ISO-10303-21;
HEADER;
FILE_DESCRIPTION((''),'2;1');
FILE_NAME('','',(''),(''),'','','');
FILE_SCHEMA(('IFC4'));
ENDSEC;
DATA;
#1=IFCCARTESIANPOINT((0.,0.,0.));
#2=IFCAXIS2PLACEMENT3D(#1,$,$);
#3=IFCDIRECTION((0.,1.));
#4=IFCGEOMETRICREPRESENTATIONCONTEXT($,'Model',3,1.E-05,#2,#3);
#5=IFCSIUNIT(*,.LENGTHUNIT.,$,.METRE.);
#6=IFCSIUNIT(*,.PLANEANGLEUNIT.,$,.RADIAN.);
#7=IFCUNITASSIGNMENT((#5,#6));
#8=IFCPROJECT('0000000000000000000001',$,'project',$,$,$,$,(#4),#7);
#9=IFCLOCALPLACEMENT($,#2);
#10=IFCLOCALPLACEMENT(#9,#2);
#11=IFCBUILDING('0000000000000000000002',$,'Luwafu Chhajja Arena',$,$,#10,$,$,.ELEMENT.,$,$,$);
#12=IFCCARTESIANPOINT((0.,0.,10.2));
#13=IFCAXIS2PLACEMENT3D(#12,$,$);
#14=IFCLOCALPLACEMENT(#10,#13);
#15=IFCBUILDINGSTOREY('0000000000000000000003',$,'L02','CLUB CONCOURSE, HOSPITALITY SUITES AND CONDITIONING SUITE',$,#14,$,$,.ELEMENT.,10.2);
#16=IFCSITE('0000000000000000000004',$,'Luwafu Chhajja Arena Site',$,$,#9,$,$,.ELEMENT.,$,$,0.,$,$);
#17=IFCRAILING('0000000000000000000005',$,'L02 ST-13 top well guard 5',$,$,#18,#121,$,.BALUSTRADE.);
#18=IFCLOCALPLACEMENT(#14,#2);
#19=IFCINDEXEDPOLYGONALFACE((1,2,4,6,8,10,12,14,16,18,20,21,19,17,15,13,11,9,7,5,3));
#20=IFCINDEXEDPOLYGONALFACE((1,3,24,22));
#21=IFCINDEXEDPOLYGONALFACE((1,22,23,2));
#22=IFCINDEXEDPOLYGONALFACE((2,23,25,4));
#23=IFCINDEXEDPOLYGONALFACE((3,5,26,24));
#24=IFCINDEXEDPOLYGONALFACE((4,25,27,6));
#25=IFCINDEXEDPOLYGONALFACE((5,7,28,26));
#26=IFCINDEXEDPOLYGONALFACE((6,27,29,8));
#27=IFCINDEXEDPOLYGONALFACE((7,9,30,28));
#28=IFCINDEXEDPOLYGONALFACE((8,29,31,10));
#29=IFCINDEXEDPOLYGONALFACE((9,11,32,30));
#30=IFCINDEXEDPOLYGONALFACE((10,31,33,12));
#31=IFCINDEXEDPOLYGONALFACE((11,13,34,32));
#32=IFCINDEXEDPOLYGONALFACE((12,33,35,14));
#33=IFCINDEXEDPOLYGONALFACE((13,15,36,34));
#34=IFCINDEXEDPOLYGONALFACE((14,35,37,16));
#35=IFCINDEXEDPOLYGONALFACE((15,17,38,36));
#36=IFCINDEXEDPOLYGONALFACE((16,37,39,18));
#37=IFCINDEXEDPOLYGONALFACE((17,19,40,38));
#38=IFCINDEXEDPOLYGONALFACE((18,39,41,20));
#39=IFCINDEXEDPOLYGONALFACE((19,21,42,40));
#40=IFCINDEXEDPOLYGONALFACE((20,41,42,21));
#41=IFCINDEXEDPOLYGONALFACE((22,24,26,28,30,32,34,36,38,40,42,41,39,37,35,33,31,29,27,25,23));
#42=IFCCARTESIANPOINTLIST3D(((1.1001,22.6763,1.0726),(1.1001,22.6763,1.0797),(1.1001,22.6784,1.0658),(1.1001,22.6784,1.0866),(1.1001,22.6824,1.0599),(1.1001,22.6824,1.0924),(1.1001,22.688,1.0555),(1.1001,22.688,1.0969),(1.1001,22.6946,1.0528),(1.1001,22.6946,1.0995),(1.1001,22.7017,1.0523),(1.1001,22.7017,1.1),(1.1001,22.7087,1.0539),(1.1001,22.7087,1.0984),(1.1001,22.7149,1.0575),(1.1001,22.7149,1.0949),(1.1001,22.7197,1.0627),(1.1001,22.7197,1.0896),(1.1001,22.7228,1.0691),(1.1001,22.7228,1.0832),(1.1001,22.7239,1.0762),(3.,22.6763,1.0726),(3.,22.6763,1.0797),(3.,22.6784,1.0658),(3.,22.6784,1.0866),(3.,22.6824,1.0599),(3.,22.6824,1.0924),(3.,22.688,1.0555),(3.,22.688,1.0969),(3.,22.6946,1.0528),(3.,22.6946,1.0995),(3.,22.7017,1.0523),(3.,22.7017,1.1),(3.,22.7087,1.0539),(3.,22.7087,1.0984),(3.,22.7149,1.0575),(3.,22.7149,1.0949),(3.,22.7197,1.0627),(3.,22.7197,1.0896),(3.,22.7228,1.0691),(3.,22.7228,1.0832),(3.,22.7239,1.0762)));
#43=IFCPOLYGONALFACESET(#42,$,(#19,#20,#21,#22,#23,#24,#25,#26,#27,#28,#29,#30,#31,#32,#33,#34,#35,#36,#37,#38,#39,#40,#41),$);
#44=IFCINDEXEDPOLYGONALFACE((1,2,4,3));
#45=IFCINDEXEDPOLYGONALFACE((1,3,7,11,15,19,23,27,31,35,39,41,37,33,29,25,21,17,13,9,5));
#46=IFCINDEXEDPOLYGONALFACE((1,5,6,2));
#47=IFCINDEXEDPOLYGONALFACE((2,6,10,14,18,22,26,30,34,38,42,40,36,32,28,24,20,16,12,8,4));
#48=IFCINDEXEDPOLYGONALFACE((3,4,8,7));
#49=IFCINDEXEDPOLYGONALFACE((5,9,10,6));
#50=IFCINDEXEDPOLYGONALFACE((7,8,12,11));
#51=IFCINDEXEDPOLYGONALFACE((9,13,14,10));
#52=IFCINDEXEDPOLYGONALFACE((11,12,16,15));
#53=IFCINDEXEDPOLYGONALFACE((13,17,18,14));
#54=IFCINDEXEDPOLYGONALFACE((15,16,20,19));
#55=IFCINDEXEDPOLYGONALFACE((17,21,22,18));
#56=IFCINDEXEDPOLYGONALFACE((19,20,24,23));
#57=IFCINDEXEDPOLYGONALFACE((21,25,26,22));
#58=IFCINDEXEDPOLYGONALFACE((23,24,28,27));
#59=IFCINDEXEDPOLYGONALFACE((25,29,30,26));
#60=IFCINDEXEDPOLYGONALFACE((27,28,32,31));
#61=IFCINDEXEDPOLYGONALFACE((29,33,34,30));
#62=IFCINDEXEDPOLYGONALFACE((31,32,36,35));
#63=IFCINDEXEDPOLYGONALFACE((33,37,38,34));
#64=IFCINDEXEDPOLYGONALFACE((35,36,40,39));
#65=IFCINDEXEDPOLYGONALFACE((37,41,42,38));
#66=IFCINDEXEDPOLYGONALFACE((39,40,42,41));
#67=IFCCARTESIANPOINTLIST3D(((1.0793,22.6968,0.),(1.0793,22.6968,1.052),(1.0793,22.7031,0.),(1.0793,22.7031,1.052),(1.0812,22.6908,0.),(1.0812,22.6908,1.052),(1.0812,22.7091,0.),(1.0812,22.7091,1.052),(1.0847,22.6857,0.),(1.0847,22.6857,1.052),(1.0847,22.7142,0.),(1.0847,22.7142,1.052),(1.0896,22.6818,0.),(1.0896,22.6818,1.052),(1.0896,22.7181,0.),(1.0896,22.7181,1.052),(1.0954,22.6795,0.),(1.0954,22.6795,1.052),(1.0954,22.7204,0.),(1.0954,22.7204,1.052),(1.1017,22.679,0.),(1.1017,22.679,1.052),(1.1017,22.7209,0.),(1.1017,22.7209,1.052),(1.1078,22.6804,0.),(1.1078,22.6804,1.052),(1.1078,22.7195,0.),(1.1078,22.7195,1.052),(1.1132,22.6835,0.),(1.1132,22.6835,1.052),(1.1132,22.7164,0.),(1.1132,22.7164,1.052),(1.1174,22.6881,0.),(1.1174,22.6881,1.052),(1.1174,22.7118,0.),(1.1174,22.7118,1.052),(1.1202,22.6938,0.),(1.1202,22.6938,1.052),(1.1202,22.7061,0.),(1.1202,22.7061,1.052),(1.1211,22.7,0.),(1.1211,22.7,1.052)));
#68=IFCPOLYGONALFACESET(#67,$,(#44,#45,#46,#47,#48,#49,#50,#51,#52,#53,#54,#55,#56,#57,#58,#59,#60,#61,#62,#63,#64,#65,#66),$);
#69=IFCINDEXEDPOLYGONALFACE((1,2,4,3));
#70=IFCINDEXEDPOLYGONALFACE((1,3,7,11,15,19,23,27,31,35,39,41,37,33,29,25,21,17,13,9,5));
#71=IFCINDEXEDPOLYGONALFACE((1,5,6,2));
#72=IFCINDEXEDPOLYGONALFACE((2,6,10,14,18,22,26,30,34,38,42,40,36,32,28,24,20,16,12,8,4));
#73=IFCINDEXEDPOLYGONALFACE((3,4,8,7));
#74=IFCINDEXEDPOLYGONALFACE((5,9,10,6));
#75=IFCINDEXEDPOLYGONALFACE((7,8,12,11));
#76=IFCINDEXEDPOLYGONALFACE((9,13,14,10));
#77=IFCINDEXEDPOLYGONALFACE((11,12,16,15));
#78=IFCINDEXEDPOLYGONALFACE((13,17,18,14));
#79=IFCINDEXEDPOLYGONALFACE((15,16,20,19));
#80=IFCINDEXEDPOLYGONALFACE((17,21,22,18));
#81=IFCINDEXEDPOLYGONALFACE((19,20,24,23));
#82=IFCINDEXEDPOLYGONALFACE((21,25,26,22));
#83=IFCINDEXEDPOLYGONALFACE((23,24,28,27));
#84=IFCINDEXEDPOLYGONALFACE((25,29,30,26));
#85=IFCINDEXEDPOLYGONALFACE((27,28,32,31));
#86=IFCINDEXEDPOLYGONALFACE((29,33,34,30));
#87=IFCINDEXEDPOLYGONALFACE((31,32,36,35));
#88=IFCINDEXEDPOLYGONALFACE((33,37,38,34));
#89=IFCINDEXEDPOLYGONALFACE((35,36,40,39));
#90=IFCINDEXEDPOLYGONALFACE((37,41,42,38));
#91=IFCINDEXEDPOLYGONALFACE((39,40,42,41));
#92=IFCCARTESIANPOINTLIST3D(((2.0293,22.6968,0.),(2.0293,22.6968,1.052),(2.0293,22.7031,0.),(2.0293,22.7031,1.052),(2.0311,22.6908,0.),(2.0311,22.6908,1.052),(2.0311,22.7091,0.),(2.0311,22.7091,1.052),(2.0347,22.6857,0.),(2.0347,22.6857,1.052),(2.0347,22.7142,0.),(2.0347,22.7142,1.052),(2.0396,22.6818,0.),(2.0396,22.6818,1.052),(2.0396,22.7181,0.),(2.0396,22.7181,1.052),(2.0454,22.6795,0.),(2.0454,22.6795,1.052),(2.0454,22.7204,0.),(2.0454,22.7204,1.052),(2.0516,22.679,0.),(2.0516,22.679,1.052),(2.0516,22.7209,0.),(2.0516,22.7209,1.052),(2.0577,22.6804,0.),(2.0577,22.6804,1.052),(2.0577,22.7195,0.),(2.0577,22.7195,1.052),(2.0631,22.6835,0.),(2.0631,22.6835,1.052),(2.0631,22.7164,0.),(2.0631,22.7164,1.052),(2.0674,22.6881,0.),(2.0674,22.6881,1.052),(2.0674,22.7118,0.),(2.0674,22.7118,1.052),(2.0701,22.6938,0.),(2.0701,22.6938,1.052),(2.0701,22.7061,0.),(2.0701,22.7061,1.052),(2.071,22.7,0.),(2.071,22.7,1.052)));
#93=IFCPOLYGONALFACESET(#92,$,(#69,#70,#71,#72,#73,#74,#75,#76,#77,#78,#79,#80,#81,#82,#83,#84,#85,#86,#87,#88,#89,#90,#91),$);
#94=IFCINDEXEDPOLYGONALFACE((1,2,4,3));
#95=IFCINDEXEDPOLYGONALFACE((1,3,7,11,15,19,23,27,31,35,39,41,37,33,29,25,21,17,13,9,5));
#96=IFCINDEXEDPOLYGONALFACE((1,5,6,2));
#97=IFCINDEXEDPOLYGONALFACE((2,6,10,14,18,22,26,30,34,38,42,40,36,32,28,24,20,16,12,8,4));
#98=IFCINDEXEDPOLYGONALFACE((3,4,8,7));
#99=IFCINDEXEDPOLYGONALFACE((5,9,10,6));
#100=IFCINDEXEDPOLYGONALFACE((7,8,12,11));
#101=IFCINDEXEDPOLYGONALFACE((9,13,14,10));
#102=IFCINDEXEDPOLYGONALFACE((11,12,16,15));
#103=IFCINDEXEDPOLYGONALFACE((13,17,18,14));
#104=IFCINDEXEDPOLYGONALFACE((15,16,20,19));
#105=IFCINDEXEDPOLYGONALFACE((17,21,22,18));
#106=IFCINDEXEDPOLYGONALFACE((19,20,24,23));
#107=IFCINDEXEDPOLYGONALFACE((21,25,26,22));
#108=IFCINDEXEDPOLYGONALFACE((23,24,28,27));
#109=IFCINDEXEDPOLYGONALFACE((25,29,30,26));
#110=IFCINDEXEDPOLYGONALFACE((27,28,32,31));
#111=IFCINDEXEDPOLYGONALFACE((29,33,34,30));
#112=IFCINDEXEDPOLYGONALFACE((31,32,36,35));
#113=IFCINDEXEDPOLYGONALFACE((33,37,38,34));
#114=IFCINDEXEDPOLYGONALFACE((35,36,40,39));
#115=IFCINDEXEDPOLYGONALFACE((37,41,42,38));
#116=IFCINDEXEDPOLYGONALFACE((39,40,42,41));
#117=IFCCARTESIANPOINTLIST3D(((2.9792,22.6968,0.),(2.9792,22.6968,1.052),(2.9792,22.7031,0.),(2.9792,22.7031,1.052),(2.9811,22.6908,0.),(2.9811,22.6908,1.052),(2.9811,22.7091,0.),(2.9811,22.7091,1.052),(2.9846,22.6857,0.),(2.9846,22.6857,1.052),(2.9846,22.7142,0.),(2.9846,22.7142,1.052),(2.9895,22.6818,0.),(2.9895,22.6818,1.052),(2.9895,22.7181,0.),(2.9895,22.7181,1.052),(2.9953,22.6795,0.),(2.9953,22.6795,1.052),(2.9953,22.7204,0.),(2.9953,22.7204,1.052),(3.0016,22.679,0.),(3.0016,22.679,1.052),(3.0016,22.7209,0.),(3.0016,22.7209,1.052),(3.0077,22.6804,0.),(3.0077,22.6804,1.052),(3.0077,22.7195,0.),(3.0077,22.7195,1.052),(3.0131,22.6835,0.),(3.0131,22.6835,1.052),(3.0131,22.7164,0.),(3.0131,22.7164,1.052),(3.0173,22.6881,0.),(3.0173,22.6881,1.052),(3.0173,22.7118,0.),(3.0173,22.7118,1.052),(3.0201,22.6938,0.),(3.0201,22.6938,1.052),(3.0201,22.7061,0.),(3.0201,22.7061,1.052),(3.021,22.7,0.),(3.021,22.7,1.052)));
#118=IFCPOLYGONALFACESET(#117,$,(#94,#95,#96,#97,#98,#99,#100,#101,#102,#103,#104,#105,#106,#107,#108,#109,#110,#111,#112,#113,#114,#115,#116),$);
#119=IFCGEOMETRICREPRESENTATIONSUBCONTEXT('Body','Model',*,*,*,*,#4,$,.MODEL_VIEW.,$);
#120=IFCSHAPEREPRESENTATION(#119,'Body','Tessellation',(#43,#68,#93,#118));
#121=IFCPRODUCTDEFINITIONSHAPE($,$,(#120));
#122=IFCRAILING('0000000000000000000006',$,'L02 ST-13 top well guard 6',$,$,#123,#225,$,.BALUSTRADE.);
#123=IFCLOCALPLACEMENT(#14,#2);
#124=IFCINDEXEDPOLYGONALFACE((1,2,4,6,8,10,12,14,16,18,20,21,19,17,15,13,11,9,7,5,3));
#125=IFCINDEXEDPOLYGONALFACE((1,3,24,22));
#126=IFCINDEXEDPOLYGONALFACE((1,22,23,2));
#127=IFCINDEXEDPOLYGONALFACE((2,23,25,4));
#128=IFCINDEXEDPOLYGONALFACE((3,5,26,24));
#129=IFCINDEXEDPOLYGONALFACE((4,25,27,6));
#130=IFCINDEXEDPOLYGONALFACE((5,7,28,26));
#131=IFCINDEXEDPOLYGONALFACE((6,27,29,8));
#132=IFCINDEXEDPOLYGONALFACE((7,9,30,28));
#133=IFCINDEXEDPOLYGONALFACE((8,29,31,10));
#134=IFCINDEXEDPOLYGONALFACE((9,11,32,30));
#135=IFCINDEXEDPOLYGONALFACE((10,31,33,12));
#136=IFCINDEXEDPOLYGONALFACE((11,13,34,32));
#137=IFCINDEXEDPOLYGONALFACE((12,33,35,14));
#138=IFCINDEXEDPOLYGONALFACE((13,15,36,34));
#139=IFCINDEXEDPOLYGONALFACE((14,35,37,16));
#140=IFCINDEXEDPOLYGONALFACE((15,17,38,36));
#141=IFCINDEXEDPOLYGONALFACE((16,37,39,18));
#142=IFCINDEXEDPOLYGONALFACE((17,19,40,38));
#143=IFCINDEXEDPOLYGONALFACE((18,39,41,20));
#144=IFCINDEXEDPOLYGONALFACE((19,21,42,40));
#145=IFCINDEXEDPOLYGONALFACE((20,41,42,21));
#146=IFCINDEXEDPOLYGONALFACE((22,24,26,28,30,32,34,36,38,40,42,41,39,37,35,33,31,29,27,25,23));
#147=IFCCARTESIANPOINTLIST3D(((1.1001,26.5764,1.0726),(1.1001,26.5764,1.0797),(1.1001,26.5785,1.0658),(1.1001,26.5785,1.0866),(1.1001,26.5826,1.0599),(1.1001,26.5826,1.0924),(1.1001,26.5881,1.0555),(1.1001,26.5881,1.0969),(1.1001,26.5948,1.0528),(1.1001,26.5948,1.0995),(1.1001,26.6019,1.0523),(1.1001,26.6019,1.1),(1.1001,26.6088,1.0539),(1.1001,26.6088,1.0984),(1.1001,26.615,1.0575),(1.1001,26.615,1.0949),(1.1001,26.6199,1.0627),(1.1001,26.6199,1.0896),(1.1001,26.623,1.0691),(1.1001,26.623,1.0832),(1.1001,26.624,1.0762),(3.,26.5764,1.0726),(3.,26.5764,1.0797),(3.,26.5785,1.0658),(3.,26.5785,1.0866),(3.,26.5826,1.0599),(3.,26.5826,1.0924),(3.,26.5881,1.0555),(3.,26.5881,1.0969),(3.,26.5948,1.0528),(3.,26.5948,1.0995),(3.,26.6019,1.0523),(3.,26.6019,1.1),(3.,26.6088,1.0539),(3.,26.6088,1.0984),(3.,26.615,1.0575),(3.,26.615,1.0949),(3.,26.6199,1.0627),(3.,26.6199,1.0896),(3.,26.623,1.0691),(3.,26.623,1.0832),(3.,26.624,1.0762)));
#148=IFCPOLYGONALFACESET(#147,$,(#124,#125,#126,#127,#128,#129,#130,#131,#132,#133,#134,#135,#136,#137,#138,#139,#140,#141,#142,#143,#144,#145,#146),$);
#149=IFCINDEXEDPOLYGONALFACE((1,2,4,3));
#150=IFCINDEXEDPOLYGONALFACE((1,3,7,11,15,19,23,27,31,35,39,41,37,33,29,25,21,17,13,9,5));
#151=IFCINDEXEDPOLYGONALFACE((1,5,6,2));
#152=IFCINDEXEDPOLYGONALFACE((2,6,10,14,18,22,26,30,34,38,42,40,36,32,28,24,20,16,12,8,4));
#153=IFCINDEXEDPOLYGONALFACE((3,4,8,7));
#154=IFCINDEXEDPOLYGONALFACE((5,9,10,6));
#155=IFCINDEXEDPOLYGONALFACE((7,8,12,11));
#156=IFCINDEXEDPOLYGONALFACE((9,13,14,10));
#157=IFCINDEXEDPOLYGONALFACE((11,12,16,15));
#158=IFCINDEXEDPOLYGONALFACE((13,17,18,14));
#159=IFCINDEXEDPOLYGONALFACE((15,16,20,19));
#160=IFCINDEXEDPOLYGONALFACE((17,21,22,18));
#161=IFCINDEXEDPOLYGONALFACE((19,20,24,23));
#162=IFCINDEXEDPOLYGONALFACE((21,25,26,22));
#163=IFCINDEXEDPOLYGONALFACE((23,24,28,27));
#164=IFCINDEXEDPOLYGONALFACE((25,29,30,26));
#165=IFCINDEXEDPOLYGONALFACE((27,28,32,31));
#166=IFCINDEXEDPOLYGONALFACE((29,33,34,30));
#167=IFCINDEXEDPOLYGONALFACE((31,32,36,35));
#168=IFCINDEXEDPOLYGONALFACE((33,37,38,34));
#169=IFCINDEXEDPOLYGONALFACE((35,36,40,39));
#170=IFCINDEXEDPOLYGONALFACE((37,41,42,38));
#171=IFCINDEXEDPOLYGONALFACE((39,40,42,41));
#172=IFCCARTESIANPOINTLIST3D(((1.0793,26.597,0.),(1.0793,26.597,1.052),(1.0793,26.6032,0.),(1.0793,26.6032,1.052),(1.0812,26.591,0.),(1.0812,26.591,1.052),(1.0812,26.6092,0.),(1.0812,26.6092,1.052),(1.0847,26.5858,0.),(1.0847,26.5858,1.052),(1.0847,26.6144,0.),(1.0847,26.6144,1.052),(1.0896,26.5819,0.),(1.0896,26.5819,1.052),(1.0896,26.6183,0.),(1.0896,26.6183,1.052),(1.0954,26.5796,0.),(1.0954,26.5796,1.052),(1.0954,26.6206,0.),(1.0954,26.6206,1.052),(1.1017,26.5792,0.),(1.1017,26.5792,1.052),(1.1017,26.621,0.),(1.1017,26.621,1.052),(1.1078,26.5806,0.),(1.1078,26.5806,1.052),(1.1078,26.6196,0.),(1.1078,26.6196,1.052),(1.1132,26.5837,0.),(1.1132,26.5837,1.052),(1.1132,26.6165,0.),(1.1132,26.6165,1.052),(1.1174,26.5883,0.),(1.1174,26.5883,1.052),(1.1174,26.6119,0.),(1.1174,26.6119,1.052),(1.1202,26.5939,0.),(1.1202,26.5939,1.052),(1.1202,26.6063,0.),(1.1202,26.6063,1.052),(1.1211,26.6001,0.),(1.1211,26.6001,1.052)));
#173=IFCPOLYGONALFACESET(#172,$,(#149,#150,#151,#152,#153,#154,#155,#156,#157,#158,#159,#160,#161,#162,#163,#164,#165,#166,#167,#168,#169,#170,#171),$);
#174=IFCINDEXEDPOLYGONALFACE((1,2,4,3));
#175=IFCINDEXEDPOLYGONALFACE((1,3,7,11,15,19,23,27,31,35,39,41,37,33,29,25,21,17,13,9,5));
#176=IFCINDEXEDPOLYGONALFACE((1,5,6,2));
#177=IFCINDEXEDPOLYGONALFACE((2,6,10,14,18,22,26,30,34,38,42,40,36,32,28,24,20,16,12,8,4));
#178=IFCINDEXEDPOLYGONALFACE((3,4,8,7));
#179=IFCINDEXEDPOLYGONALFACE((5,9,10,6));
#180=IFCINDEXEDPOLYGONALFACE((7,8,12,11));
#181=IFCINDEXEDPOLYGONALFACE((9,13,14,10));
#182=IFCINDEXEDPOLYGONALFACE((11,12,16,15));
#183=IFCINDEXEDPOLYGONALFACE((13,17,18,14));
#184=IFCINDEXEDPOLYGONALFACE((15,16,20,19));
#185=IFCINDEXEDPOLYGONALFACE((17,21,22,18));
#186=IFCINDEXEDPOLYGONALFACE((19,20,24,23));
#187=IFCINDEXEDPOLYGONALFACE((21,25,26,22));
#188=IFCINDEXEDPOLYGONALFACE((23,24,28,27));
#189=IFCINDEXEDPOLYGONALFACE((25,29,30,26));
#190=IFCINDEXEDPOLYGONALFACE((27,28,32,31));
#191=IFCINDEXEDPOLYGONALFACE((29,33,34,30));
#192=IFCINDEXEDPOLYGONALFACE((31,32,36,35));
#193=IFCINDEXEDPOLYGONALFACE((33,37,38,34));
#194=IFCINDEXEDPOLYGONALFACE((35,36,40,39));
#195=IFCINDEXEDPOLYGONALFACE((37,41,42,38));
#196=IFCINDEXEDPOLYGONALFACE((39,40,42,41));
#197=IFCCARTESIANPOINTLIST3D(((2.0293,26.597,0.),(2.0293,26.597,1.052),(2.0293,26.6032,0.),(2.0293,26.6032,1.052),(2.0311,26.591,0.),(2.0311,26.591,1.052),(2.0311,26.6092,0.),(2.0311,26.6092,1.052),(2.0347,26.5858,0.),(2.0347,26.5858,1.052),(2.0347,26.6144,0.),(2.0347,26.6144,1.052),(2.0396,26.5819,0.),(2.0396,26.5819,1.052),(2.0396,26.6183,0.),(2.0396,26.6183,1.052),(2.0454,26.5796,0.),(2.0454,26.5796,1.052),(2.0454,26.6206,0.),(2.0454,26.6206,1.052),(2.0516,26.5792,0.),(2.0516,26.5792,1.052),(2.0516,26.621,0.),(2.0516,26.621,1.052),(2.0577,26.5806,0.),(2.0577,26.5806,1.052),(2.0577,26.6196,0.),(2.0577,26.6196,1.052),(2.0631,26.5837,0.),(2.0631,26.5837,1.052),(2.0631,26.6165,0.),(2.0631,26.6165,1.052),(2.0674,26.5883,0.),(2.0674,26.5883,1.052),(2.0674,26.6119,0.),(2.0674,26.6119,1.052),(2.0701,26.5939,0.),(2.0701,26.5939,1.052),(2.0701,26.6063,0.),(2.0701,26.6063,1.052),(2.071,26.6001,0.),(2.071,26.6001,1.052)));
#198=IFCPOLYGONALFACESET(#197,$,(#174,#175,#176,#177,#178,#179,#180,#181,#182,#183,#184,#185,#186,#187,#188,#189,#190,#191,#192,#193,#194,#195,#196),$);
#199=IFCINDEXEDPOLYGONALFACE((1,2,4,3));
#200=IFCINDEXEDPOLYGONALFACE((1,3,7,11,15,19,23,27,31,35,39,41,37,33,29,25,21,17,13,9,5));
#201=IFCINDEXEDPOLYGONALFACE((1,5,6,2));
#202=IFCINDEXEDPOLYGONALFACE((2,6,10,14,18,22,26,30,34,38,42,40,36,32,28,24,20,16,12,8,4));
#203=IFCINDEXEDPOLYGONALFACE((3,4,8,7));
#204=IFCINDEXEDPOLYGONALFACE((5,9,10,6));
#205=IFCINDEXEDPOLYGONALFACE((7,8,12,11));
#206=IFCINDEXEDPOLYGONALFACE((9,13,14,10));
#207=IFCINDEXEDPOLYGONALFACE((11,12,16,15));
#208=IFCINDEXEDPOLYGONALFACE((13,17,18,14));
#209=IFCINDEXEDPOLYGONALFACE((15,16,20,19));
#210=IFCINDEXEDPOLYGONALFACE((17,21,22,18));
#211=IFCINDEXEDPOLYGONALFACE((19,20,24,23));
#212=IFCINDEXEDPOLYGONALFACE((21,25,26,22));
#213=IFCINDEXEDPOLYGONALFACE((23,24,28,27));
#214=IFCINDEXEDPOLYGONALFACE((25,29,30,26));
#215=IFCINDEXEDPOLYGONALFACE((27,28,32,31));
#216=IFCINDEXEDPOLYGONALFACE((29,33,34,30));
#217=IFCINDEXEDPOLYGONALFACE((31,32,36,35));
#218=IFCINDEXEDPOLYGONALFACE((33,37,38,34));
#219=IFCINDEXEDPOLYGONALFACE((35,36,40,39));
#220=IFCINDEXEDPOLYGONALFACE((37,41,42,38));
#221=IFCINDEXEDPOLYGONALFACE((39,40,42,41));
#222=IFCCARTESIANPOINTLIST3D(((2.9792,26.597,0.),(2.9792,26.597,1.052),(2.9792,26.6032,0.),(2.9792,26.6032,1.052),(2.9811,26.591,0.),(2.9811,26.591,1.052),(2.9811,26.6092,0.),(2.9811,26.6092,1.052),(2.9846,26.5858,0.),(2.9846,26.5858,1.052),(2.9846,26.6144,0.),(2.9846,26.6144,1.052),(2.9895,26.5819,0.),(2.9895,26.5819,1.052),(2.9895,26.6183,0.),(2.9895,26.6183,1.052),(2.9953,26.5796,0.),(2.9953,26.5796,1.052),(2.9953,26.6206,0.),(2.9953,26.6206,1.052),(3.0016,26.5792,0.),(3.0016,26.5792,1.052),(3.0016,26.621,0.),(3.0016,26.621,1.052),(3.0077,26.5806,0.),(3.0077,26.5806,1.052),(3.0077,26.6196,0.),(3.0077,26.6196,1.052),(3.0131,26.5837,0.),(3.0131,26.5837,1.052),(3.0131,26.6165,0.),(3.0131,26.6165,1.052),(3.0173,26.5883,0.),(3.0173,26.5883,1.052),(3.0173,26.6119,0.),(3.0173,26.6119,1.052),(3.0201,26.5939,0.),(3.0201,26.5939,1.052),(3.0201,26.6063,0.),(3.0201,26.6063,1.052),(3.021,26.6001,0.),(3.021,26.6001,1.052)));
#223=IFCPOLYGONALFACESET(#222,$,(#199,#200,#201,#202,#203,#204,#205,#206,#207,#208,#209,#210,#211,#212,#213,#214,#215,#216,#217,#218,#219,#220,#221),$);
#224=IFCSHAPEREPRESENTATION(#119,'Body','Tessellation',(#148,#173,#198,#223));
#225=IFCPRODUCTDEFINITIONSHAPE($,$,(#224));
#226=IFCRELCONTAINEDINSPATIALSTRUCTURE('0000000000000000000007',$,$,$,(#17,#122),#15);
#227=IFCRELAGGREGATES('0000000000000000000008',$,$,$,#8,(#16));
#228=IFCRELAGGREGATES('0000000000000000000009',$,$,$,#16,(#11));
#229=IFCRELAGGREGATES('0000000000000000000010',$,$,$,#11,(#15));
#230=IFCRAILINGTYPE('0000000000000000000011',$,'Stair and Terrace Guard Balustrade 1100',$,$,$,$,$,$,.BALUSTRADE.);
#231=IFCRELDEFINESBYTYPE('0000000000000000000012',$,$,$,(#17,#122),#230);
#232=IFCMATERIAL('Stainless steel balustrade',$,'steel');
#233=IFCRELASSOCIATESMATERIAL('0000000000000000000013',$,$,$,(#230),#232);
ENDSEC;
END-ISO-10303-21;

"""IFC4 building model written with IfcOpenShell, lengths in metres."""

from ifc_helpers import new_model, si_unit, direction, frame, origin, origin_2d, place, context, subcontext, project, spatial, circle, extrude, material, type_object, element, save


model = new_model("IFC4")

# Units and contexts
model_context = context("Model", 3, precision=1e-05, world=origin(), true_north=direction((0.0, 1.0)))
body_context = subcontext(model_context, "Body", "Model", "MODEL_VIEW")
ifc_project = project(units=[si_unit("LENGTHUNIT", "METRE"), si_unit("PLANEANGLEUNIT", "RADIAN")], contexts=[model_context])

# Site, building, storey
site_placement = place(None, origin())
site = spatial("IfcSite", under=ifc_project, at=site_placement, Name="Luwafu Chhajja Arena Site", CompositionType="ELEMENT", RefElevation=0.0)
building_placement = place(site_placement, origin())
building = spatial("IfcBuilding", under=site, at=building_placement, Name="Luwafu Chhajja Arena", CompositionType="ELEMENT")
storey_placement = place(building_placement, frame((0.0, 0.0, 10.2)))
storey = spatial("IfcBuildingStorey", under=building, at=storey_placement, Name="L02", Description="CLUB CONCOURSE, HOSPITALITY SUITES AND CONDITIONING SUITE", CompositionType="ELEMENT", Elevation=10.2)

# Railings
ifc_material_1 = material(Name="Stainless steel balustrade", Category="steel")
railing_type = type_object("IfcRailingType", Name="Stair and Terrace Guard Balustrade 1100", PredefinedType="BALUSTRADE", material=ifc_material_1)
for number, where, name in (
    (1, (1.1001, 22.7, 0.0), "L02 ST-13 top well guard 5"),
    (2, (1.1001, 26.6001, 0.0), "L02 ST-13 top well guard 6"),
):
    element("IfcRailing", number, at=place(storey_placement, frame(where)), inside=storey, type_object=railing_type, Name=name, PredefinedType="BALUSTRADE", context=body_context, shape_type="SweptSolid", body=[
        extrude(circle(Radius=0.0239, at=origin_2d()), frame((0.0, 0.0, 1.0762), z_axis=(1.0, 0.0, 0.0), x_axis=(0.0, 1.0, 0.0)), (0.0, 0.0, 1.0), 1.8999),
        extrude(circle(Radius=0.021, at=origin_2d()), origin(), (0.0, 0.0, 1.0), 1.052),
        extrude(circle(Radius=0.021, at=origin_2d()), frame((0.95, 0.0, 0.0)), (0.0, 0.0, 1.0), 1.052),
        extrude(circle(Radius=0.021, at=origin_2d()), frame((1.8999, 0.0, 0.0)), (0.0, 0.0, 1.0), 1.052),
    ])

save(model, "model.ifc")
